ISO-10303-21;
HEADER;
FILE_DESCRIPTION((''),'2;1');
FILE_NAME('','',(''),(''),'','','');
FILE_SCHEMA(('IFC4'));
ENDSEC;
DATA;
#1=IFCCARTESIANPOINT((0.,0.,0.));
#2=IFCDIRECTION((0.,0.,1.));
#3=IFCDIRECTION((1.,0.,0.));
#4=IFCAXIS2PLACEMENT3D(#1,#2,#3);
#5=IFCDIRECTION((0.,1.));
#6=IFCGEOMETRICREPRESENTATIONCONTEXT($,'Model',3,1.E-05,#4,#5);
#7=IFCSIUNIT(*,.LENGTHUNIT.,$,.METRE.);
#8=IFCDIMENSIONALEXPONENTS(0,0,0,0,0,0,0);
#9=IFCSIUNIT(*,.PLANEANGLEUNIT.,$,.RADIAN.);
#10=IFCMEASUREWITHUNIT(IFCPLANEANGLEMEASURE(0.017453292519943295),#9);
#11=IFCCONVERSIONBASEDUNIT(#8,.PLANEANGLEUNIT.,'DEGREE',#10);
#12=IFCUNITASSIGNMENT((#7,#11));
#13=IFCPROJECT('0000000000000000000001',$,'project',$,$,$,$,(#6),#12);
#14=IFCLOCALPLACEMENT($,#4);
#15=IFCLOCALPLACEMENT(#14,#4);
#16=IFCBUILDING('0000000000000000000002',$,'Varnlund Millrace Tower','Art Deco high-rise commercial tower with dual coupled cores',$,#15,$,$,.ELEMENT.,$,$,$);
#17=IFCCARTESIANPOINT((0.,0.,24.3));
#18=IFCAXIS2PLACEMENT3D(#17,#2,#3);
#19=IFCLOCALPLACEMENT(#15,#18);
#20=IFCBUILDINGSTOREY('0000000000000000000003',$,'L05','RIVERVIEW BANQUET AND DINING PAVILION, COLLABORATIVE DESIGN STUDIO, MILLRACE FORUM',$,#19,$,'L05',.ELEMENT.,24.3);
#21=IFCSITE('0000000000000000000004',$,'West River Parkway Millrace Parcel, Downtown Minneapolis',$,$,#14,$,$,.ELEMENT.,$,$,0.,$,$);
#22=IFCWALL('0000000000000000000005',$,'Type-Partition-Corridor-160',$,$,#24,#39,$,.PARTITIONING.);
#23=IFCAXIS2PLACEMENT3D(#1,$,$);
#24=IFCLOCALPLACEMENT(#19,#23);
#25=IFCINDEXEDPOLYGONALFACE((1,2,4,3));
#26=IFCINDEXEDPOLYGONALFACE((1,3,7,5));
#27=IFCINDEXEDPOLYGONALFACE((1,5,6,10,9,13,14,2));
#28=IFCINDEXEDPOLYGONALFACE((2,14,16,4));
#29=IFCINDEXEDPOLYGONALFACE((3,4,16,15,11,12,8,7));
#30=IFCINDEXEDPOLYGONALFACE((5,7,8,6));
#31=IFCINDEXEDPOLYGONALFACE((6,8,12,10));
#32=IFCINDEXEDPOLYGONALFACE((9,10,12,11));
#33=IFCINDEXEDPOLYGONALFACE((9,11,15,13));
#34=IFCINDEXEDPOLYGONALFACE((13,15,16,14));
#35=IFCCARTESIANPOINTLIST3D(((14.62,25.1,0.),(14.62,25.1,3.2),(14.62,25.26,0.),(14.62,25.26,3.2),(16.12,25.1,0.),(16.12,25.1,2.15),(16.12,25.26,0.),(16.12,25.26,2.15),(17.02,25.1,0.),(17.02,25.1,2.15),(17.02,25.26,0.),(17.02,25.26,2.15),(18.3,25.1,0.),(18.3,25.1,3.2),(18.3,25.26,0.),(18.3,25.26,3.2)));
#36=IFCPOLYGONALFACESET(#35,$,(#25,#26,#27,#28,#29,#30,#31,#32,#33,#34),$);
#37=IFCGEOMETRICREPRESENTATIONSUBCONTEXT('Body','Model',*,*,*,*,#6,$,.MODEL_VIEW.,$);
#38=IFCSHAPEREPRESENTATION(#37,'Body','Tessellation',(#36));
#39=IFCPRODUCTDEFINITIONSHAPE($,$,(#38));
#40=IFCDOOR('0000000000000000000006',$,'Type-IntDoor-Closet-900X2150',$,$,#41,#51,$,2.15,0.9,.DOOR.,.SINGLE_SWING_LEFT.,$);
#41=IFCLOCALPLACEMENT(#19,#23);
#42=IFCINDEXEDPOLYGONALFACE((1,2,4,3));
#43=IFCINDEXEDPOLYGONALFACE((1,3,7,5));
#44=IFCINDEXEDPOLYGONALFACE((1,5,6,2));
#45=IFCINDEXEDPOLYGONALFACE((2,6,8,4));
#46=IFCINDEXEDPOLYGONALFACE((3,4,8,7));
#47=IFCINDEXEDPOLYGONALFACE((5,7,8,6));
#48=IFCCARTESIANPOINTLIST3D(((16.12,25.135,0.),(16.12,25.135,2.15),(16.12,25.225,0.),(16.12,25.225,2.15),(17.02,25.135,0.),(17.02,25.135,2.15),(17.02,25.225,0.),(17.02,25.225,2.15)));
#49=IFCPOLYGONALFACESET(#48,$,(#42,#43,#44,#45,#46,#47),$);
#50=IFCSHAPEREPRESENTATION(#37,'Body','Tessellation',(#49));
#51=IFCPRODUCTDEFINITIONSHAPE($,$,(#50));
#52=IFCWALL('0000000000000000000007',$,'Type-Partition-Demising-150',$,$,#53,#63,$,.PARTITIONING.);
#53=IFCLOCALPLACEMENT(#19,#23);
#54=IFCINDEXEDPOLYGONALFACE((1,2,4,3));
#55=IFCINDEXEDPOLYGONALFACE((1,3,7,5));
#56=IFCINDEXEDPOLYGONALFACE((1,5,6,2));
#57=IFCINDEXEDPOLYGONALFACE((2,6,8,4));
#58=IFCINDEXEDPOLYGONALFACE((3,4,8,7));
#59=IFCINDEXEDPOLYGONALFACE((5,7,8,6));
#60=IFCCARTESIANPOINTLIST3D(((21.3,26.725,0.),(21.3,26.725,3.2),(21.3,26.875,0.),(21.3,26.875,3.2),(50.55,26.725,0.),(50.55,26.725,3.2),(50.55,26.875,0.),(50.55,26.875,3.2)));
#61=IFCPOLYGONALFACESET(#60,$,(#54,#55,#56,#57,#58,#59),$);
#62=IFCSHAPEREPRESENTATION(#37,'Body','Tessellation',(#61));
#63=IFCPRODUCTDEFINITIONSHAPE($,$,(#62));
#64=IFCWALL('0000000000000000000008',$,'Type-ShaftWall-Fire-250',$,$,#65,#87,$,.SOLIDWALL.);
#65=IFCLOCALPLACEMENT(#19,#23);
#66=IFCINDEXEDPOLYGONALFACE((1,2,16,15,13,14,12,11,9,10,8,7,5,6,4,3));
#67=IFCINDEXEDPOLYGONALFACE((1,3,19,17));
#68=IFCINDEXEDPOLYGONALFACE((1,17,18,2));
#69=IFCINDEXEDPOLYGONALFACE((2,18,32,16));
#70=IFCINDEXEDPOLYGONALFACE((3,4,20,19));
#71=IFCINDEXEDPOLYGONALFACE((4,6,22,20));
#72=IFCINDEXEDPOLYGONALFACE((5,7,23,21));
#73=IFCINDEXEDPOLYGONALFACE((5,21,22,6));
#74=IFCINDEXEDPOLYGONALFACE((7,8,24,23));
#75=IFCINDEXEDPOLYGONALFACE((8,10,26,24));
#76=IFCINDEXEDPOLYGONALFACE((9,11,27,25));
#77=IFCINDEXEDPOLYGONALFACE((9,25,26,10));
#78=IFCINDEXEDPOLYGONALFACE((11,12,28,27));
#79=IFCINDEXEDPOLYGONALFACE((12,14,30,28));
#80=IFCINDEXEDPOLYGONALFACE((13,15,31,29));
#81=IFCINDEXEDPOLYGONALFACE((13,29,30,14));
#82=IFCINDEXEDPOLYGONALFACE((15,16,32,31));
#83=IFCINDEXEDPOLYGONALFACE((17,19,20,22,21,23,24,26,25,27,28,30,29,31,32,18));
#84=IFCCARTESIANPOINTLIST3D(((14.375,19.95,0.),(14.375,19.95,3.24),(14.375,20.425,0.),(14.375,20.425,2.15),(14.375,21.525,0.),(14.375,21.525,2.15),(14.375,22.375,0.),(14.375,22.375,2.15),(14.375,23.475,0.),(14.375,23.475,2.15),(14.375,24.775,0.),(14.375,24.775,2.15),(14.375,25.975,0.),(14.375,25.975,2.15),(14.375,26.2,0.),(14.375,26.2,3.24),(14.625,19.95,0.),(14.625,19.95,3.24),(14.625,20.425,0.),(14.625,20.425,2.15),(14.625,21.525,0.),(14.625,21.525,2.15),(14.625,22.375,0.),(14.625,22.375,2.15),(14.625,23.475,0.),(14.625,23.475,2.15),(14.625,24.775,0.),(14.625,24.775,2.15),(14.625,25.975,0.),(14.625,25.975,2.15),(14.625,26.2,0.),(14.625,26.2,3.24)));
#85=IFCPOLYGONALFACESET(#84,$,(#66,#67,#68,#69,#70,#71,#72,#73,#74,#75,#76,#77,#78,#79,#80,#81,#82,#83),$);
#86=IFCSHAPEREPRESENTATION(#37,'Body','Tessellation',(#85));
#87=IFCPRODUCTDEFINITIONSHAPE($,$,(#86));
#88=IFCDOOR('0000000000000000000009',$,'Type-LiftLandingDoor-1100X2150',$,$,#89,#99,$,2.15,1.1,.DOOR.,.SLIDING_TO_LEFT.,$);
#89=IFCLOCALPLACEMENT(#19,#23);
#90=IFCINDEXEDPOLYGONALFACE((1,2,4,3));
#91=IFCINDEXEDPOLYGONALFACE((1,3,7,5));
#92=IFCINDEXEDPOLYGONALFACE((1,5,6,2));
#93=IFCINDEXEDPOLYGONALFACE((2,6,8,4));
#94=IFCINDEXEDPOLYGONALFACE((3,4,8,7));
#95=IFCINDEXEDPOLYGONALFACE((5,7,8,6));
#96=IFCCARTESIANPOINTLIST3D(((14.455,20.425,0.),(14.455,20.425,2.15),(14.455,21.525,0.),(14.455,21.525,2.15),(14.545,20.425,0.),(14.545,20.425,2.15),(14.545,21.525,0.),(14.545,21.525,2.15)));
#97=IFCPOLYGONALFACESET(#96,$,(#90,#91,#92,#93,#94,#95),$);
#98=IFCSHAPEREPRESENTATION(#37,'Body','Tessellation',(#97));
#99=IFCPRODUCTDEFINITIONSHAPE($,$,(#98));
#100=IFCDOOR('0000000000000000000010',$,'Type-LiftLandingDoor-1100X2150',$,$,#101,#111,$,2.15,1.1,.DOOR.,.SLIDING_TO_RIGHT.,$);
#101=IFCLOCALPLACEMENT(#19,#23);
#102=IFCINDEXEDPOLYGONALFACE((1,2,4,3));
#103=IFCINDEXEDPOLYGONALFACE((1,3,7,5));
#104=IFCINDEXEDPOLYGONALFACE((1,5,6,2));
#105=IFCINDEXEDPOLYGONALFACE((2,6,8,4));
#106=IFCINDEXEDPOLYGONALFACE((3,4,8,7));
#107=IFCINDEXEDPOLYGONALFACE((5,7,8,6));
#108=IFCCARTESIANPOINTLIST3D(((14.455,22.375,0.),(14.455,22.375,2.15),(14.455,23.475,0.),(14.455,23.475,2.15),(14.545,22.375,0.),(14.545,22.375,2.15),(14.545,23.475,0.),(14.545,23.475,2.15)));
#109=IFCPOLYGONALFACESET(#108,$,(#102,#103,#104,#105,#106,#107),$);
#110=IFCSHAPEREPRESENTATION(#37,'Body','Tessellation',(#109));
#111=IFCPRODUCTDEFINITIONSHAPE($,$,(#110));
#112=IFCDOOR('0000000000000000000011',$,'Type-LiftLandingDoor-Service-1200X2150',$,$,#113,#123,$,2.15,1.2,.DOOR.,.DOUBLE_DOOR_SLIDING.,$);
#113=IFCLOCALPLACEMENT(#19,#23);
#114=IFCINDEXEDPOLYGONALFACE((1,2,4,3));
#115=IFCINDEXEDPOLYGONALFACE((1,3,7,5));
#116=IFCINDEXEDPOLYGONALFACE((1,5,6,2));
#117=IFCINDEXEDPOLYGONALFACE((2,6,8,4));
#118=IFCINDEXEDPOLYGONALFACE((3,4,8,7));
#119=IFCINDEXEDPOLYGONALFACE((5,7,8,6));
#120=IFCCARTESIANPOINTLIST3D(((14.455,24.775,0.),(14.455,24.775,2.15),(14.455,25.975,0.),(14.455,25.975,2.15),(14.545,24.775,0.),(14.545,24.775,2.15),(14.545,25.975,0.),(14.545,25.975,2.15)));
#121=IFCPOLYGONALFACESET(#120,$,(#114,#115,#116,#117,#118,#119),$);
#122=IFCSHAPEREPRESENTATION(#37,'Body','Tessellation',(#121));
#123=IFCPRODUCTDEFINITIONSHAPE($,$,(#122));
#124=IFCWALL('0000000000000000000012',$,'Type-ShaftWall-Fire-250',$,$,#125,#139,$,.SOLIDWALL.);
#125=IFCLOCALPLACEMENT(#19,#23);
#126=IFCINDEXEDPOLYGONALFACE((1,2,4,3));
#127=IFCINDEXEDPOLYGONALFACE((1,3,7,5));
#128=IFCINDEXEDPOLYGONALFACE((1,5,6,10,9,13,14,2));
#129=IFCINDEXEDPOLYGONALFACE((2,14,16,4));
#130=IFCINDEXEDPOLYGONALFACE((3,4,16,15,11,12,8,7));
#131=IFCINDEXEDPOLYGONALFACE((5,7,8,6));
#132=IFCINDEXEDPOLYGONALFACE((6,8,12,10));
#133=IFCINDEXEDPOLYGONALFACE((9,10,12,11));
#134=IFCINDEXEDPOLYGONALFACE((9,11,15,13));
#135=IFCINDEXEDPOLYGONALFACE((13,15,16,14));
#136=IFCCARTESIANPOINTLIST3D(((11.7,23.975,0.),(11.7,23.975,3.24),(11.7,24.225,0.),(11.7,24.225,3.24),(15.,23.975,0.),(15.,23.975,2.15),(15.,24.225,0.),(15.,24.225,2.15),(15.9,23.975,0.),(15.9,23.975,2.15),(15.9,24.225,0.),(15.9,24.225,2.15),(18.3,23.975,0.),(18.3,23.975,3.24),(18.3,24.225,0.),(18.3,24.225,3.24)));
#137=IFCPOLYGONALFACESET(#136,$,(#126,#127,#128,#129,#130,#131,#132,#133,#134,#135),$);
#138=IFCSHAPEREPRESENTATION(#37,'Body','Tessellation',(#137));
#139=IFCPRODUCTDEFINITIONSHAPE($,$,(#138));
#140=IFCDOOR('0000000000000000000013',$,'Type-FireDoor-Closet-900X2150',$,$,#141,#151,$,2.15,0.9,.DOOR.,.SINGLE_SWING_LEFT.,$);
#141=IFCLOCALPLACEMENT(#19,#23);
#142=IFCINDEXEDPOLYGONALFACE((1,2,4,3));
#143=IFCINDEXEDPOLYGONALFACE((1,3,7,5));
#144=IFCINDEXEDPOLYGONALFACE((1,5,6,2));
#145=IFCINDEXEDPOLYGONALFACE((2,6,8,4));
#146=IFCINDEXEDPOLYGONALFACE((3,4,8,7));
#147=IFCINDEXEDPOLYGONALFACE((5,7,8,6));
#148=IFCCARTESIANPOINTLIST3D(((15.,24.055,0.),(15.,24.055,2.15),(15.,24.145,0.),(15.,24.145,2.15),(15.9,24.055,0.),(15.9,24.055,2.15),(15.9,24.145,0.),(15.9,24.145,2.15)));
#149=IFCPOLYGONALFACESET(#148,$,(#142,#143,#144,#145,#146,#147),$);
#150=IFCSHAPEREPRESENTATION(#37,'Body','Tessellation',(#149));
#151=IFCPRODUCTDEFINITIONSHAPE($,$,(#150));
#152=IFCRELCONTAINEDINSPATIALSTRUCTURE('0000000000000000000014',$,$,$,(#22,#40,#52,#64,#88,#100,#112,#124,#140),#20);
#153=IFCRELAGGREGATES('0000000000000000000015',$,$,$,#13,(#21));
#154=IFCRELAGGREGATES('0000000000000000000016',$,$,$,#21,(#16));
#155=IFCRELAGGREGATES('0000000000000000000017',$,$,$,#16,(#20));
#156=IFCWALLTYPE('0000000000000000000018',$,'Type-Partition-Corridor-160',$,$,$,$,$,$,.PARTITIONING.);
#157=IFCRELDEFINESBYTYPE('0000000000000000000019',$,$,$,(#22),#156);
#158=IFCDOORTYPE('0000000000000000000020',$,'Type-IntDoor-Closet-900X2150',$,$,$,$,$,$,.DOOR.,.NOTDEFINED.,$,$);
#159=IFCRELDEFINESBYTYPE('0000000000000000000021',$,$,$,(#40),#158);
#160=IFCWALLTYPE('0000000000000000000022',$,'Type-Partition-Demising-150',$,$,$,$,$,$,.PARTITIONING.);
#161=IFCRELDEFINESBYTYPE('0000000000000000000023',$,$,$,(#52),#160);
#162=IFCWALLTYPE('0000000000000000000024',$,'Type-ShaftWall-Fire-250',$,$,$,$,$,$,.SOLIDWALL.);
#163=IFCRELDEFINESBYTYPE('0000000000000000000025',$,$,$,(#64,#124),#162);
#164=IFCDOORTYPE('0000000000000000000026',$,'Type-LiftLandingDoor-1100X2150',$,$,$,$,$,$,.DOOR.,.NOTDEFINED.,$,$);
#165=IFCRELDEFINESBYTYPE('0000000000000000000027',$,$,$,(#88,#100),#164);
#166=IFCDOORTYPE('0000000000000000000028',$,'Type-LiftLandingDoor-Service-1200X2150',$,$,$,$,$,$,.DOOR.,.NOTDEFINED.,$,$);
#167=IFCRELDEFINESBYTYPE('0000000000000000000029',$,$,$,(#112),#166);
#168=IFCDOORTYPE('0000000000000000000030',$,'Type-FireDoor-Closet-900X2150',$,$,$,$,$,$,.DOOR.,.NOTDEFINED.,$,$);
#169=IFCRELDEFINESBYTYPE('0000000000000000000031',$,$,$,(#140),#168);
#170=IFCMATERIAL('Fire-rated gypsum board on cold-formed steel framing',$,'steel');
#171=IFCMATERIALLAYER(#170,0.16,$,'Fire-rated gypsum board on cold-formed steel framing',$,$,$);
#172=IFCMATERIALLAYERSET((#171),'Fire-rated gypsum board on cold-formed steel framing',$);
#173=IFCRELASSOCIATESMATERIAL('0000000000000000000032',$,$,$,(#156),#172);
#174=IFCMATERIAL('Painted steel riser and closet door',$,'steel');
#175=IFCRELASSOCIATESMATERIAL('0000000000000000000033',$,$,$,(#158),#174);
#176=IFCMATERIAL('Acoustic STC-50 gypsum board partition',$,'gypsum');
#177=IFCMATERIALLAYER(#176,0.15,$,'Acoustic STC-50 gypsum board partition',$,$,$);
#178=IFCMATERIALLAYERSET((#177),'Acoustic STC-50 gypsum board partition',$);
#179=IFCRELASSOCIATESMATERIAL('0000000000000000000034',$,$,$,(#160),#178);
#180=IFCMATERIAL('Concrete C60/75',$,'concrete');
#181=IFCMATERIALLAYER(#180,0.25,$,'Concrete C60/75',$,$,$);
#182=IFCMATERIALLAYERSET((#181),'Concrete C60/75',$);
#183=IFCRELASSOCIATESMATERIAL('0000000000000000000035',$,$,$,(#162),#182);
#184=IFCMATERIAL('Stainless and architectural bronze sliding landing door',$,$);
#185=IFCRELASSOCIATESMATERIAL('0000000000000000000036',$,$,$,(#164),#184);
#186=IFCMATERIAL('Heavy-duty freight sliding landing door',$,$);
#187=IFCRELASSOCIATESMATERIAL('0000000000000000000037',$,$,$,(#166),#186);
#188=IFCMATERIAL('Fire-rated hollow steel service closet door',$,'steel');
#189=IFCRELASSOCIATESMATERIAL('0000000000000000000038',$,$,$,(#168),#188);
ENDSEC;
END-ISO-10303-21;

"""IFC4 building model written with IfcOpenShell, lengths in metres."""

from ifc_helpers import new_model, entity, si_unit, converted_unit, direction, frame, origin_with_axes, origin_2d_with_axis, place, context, subcontext, project, spatial, polyline, rectangle, outline, extrude, material, layer, layer_set, type_object, element, fill, save


model = new_model("IFC4")

# Units and contexts
model_context = context("Model", 3, precision=1e-05, world=origin_with_axes(), true_north=direction((0.0, 1.0)))
body_context = subcontext(model_context, "Body", "Model", "MODEL_VIEW")
ifc_project = project(units=[si_unit("LENGTHUNIT", "METRE"), converted_unit("PLANEANGLEUNIT", "DEGREE", entity("IfcPlaneAngleMeasure", 0.017453292519943295), si_unit("PLANEANGLEUNIT", "RADIAN"), dimensions=[0, 0, 0, 0, 0, 0, 0])], contexts=[model_context])

# Site, building, storey
site_placement = place(None, origin_with_axes())
site = spatial("IfcSite", under=ifc_project, at=site_placement, Name="West River Parkway Millrace Parcel, Downtown Minneapolis", CompositionType="ELEMENT", RefElevation=0.0)
building_placement = place(site_placement, origin_with_axes())
building = spatial("IfcBuilding", under=site, at=building_placement, Name="Varnlund Millrace Tower", Description="Art Deco high-rise commercial tower with dual coupled cores", CompositionType="ELEMENT")
storey_placement = place(building_placement, frame((0.0, 0.0, 24.3), z_axis=(0.0, 0.0, 1.0), x_axis=(1.0, 0.0, 0.0)))
storey = spatial("IfcBuildingStorey", under=building, at=storey_placement, Name="L05", Description="RIVERVIEW BANQUET AND DINING PAVILION, COLLABORATIVE DESIGN STUDIO, MILLRACE FORUM", LongName="L05", CompositionType="ELEMENT", Elevation=24.3)

# Wall, opening, door
ifc_material_1 = material(Name="Fire-rated gypsum board on cold-formed steel framing", Category="steel")
ifc_layer_1 = layer(ifc_material_1, 0.16, Name="Fire-rated gypsum board on cold-formed steel framing")
ifc_layer_set_1 = layer_set([ifc_layer_1], Name="Fire-rated gypsum board on cold-formed steel framing")
wall_type_1 = type_object("IfcWallType", Name="Type-Partition-Corridor-160", PredefinedType="PARTITIONING", material=ifc_layer_set_1)
wall_1_placement = place(storey_placement, frame((14.62, 25.18, 0.0), z_axis=(0.0, 0.0, 1.0), x_axis=(1.0, 0.0, 0.0)))
wall_1 = element("IfcWall", 1, at=wall_1_placement, inside=storey, type_object=wall_type_1, Name="Type-Partition-Corridor-160", PredefinedType="PARTITIONING", context=body_context, shape_type="SweptSolid", body=[
    extrude(outline(polyline([(0.0, -0.08), (3.68, -0.08), (3.68, 0.08), (0.0, 0.08), (0.0, -0.08)])), origin_with_axes(), (0.0, 0.0, 1.0), 3.2),
])
opening_1_placement = place(wall_1_placement, frame((1.95, 0.0, 0.0), z_axis=(0.0, 0.0, 1.0), x_axis=(1.0, 0.0, 0.0)))
opening_1 = element("IfcOpeningElement", 2, at=opening_1_placement, cuts=wall_1, PredefinedType="OPENING", context=body_context, shape_type="SweptSolid", body=[
    extrude(rectangle(XDim=0.9, YDim=0.18, at=origin_2d_with_axis()), origin_with_axes(), (0.0, 0.0, 1.0), 2.15),
])
ifc_material_2 = material(Name="Painted steel riser and closet door", Category="steel")
door_type_1 = type_object("IfcDoorType", Name="Type-IntDoor-Closet-900X2150", OperationType="NOTDEFINED", PredefinedType="DOOR", material=ifc_material_2)
door_1_placement = place(wall_1_placement, frame((1.95, 0.0, 0.0), z_axis=(0.0, 0.0, 1.0), x_axis=(1.0, 0.0, 0.0)))
door_1 = element("IfcDoor", 3, at=door_1_placement, inside=storey, type_object=door_type_1, Name="Type-IntDoor-Closet-900X2150", OperationType="SINGLE_SWING_LEFT", OverallHeight=2.15, OverallWidth=0.9, PredefinedType="DOOR", context=body_context, shape_type="SweptSolid", body=[
    extrude(rectangle(XDim=0.9, YDim=0.09, at=origin_2d_with_axis()), origin_with_axes(), (0.0, 0.0, 1.0), 2.15),
])
fill(opening_1, door_1)

# Wall
ifc_material_3 = material(Name="Acoustic STC-50 gypsum board partition", Category="gypsum")
ifc_layer_2 = layer(ifc_material_3, 0.15, Name="Acoustic STC-50 gypsum board partition")
ifc_layer_set_2 = layer_set([ifc_layer_2], Name="Acoustic STC-50 gypsum board partition")
wall_type_2 = type_object("IfcWallType", Name="Type-Partition-Demising-150", PredefinedType="PARTITIONING", material=ifc_layer_set_2)
wall_2_placement = place(storey_placement, frame((21.3, 26.8, 0.0), z_axis=(0.0, 0.0, 1.0), x_axis=(1.0, 0.0, 0.0)))
element("IfcWall", 4, at=wall_2_placement, inside=storey, type_object=wall_type_2, Name="Type-Partition-Demising-150", PredefinedType="PARTITIONING", context=body_context, shape_type="SweptSolid", body=[
    extrude(outline(polyline([(0.0, -0.075), (29.25, -0.075), (29.25, 0.075), (0.0, 0.075), (0.0, -0.075)])), origin_with_axes(), (0.0, 0.0, 1.0), 3.2),
])

# Wall, openings, doors
ifc_material_4 = material(Name="Concrete C60/75", Category="concrete")
ifc_layer_3 = layer(ifc_material_4, 0.25, Name="Concrete C60/75")
ifc_layer_set_3 = layer_set([ifc_layer_3], Name="Concrete C60/75")
wall_type_3 = type_object("IfcWallType", Name="Type-ShaftWall-Fire-250", PredefinedType="SOLIDWALL", material=ifc_layer_set_3)
wall_3_placement = place(storey_placement, frame((14.5, 19.95, 0.0), z_axis=(0.0, 0.0, 1.0), x_axis=(0.0, 1.0, 0.0)))
wall_3 = element("IfcWall", 5, at=wall_3_placement, inside=storey, type_object=wall_type_3, Name="Type-ShaftWall-Fire-250", PredefinedType="SOLIDWALL", context=body_context, shape_type="SweptSolid", body=[
    extrude(outline(polyline([(0.0, -0.125), (6.25, -0.125), (6.25, 0.125), (0.0, 0.125), (0.0, -0.125)])), origin_with_axes(), (0.0, 0.0, 1.0), 3.24),
])
opening_2_placement = place(wall_3_placement, frame((1.025, 0.0, 0.0), z_axis=(0.0, 0.0, 1.0), x_axis=(1.0, 0.0, 0.0)))
opening_2 = element("IfcOpeningElement", 6, at=opening_2_placement, cuts=wall_3, PredefinedType="OPENING", context=body_context, shape_type="SweptSolid", body=[
    extrude(rectangle(XDim=1.1, YDim=0.27, at=origin_2d_with_axis()), origin_with_axes(), (0.0, 0.0, 1.0), 2.15),
])
opening_3_placement = place(wall_3_placement, frame((2.975, 0.0, 0.0), z_axis=(0.0, 0.0, 1.0), x_axis=(1.0, 0.0, 0.0)))
opening_3 = element("IfcOpeningElement", 7, at=opening_3_placement, cuts=wall_3, PredefinedType="OPENING", context=body_context, shape_type="SweptSolid", body=[
    extrude(rectangle(XDim=1.1, YDim=0.27, at=origin_2d_with_axis()), origin_with_axes(), (0.0, 0.0, 1.0), 2.15),
])
opening_4_placement = place(wall_3_placement, frame((5.425, 0.0, 0.0), z_axis=(0.0, 0.0, 1.0), x_axis=(1.0, 0.0, 0.0)))
opening_4 = element("IfcOpeningElement", 8, at=opening_4_placement, cuts=wall_3, PredefinedType="OPENING", context=body_context, shape_type="SweptSolid", body=[
    extrude(rectangle(XDim=1.2, YDim=0.27, at=origin_2d_with_axis()), origin_with_axes(), (0.0, 0.0, 1.0), 2.15),
])
ifc_material_5 = material(Name="Stainless and architectural bronze sliding landing door")
door_type_2 = type_object("IfcDoorType", Name="Type-LiftLandingDoor-1100X2150", OperationType="NOTDEFINED", PredefinedType="DOOR", material=ifc_material_5)
door_2_placement = place(wall_3_placement, frame((1.025, 0.0, 0.0), z_axis=(0.0, 0.0, 1.0), x_axis=(1.0, 0.0, 0.0)))
door_2 = element("IfcDoor", 9, at=door_2_placement, inside=storey, type_object=door_type_2, Name="Type-LiftLandingDoor-1100X2150", OperationType="SLIDING_TO_LEFT", OverallHeight=2.15, OverallWidth=1.1, PredefinedType="DOOR", context=body_context, shape_type="SweptSolid", body=[
    extrude(rectangle(XDim=1.1, YDim=0.09, at=origin_2d_with_axis()), origin_with_axes(), (0.0, 0.0, 1.0), 2.15),
])
fill(opening_2, door_2)
door_3_placement = place(wall_3_placement, frame((2.975, 0.0, 0.0), z_axis=(0.0, 0.0, 1.0), x_axis=(1.0, 0.0, 0.0)))
door_3 = element("IfcDoor", 10, at=door_3_placement, inside=storey, type_object=door_type_2, Name="Type-LiftLandingDoor-1100X2150", OperationType="SLIDING_TO_RIGHT", OverallHeight=2.15, OverallWidth=1.1, PredefinedType="DOOR", context=body_context, shape_type="SweptSolid", body=[
    extrude(rectangle(XDim=1.1, YDim=0.09, at=origin_2d_with_axis()), origin_with_axes(), (0.0, 0.0, 1.0), 2.15),
])
fill(opening_3, door_3)
ifc_material_6 = material(Name="Heavy-duty freight sliding landing door")
door_type_3 = type_object("IfcDoorType", Name="Type-LiftLandingDoor-Service-1200X2150", OperationType="NOTDEFINED", PredefinedType="DOOR", material=ifc_material_6)
door_4_placement = place(wall_3_placement, frame((5.425, 0.0, 0.0), z_axis=(0.0, 0.0, 1.0), x_axis=(1.0, 0.0, 0.0)))
door_4 = element("IfcDoor", 11, at=door_4_placement, inside=storey, type_object=door_type_3, Name="Type-LiftLandingDoor-Service-1200X2150", OperationType="DOUBLE_DOOR_SLIDING", OverallHeight=2.15, OverallWidth=1.2, PredefinedType="DOOR", context=body_context, shape_type="SweptSolid", body=[
    extrude(rectangle(XDim=1.2, YDim=0.09, at=origin_2d_with_axis()), origin_with_axes(), (0.0, 0.0, 1.0), 2.15),
])
fill(opening_4, door_4)

# Wall, opening, door
wall_4_placement = place(storey_placement, frame((11.7, 24.1, 0.0), z_axis=(0.0, 0.0, 1.0), x_axis=(1.0, 0.0, 0.0)))
wall_4 = element("IfcWall", 12, at=wall_4_placement, inside=storey, type_object=wall_type_3, Name="Type-ShaftWall-Fire-250", PredefinedType="SOLIDWALL", context=body_context, shape_type="SweptSolid", body=[
    extrude(outline(polyline([(0.0, -0.125), (6.6, -0.125), (6.6, 0.125), (0.0, 0.125), (0.0, -0.125)])), origin_with_axes(), (0.0, 0.0, 1.0), 3.24),
])
opening_5_placement = place(wall_4_placement, frame((3.75, 0.0, 0.0), z_axis=(0.0, 0.0, 1.0), x_axis=(1.0, 0.0, 0.0)))
opening_5 = element("IfcOpeningElement", 13, at=opening_5_placement, cuts=wall_4, PredefinedType="OPENING", context=body_context, shape_type="SweptSolid", body=[
    extrude(rectangle(XDim=0.9, YDim=0.27, at=origin_2d_with_axis()), origin_with_axes(), (0.0, 0.0, 1.0), 2.15),
])
ifc_material_7 = material(Name="Fire-rated hollow steel service closet door", Category="steel")
door_type_4 = type_object("IfcDoorType", Name="Type-FireDoor-Closet-900X2150", OperationType="NOTDEFINED", PredefinedType="DOOR", material=ifc_material_7)
door_5_placement = place(wall_4_placement, frame((3.75, 0.0, 0.0), z_axis=(0.0, 0.0, 1.0), x_axis=(1.0, 0.0, 0.0)))
door_5 = element("IfcDoor", 14, at=door_5_placement, inside=storey, type_object=door_type_4, Name="Type-FireDoor-Closet-900X2150", OperationType="SINGLE_SWING_LEFT", OverallHeight=2.15, OverallWidth=0.9, PredefinedType="DOOR", context=body_context, shape_type="SweptSolid", body=[
    extrude(rectangle(XDim=0.9, YDim=0.09, at=origin_2d_with_axis()), origin_with_axes(), (0.0, 0.0, 1.0), 2.15),
])
fill(opening_5, door_5)

save(model, "model.ifc")
